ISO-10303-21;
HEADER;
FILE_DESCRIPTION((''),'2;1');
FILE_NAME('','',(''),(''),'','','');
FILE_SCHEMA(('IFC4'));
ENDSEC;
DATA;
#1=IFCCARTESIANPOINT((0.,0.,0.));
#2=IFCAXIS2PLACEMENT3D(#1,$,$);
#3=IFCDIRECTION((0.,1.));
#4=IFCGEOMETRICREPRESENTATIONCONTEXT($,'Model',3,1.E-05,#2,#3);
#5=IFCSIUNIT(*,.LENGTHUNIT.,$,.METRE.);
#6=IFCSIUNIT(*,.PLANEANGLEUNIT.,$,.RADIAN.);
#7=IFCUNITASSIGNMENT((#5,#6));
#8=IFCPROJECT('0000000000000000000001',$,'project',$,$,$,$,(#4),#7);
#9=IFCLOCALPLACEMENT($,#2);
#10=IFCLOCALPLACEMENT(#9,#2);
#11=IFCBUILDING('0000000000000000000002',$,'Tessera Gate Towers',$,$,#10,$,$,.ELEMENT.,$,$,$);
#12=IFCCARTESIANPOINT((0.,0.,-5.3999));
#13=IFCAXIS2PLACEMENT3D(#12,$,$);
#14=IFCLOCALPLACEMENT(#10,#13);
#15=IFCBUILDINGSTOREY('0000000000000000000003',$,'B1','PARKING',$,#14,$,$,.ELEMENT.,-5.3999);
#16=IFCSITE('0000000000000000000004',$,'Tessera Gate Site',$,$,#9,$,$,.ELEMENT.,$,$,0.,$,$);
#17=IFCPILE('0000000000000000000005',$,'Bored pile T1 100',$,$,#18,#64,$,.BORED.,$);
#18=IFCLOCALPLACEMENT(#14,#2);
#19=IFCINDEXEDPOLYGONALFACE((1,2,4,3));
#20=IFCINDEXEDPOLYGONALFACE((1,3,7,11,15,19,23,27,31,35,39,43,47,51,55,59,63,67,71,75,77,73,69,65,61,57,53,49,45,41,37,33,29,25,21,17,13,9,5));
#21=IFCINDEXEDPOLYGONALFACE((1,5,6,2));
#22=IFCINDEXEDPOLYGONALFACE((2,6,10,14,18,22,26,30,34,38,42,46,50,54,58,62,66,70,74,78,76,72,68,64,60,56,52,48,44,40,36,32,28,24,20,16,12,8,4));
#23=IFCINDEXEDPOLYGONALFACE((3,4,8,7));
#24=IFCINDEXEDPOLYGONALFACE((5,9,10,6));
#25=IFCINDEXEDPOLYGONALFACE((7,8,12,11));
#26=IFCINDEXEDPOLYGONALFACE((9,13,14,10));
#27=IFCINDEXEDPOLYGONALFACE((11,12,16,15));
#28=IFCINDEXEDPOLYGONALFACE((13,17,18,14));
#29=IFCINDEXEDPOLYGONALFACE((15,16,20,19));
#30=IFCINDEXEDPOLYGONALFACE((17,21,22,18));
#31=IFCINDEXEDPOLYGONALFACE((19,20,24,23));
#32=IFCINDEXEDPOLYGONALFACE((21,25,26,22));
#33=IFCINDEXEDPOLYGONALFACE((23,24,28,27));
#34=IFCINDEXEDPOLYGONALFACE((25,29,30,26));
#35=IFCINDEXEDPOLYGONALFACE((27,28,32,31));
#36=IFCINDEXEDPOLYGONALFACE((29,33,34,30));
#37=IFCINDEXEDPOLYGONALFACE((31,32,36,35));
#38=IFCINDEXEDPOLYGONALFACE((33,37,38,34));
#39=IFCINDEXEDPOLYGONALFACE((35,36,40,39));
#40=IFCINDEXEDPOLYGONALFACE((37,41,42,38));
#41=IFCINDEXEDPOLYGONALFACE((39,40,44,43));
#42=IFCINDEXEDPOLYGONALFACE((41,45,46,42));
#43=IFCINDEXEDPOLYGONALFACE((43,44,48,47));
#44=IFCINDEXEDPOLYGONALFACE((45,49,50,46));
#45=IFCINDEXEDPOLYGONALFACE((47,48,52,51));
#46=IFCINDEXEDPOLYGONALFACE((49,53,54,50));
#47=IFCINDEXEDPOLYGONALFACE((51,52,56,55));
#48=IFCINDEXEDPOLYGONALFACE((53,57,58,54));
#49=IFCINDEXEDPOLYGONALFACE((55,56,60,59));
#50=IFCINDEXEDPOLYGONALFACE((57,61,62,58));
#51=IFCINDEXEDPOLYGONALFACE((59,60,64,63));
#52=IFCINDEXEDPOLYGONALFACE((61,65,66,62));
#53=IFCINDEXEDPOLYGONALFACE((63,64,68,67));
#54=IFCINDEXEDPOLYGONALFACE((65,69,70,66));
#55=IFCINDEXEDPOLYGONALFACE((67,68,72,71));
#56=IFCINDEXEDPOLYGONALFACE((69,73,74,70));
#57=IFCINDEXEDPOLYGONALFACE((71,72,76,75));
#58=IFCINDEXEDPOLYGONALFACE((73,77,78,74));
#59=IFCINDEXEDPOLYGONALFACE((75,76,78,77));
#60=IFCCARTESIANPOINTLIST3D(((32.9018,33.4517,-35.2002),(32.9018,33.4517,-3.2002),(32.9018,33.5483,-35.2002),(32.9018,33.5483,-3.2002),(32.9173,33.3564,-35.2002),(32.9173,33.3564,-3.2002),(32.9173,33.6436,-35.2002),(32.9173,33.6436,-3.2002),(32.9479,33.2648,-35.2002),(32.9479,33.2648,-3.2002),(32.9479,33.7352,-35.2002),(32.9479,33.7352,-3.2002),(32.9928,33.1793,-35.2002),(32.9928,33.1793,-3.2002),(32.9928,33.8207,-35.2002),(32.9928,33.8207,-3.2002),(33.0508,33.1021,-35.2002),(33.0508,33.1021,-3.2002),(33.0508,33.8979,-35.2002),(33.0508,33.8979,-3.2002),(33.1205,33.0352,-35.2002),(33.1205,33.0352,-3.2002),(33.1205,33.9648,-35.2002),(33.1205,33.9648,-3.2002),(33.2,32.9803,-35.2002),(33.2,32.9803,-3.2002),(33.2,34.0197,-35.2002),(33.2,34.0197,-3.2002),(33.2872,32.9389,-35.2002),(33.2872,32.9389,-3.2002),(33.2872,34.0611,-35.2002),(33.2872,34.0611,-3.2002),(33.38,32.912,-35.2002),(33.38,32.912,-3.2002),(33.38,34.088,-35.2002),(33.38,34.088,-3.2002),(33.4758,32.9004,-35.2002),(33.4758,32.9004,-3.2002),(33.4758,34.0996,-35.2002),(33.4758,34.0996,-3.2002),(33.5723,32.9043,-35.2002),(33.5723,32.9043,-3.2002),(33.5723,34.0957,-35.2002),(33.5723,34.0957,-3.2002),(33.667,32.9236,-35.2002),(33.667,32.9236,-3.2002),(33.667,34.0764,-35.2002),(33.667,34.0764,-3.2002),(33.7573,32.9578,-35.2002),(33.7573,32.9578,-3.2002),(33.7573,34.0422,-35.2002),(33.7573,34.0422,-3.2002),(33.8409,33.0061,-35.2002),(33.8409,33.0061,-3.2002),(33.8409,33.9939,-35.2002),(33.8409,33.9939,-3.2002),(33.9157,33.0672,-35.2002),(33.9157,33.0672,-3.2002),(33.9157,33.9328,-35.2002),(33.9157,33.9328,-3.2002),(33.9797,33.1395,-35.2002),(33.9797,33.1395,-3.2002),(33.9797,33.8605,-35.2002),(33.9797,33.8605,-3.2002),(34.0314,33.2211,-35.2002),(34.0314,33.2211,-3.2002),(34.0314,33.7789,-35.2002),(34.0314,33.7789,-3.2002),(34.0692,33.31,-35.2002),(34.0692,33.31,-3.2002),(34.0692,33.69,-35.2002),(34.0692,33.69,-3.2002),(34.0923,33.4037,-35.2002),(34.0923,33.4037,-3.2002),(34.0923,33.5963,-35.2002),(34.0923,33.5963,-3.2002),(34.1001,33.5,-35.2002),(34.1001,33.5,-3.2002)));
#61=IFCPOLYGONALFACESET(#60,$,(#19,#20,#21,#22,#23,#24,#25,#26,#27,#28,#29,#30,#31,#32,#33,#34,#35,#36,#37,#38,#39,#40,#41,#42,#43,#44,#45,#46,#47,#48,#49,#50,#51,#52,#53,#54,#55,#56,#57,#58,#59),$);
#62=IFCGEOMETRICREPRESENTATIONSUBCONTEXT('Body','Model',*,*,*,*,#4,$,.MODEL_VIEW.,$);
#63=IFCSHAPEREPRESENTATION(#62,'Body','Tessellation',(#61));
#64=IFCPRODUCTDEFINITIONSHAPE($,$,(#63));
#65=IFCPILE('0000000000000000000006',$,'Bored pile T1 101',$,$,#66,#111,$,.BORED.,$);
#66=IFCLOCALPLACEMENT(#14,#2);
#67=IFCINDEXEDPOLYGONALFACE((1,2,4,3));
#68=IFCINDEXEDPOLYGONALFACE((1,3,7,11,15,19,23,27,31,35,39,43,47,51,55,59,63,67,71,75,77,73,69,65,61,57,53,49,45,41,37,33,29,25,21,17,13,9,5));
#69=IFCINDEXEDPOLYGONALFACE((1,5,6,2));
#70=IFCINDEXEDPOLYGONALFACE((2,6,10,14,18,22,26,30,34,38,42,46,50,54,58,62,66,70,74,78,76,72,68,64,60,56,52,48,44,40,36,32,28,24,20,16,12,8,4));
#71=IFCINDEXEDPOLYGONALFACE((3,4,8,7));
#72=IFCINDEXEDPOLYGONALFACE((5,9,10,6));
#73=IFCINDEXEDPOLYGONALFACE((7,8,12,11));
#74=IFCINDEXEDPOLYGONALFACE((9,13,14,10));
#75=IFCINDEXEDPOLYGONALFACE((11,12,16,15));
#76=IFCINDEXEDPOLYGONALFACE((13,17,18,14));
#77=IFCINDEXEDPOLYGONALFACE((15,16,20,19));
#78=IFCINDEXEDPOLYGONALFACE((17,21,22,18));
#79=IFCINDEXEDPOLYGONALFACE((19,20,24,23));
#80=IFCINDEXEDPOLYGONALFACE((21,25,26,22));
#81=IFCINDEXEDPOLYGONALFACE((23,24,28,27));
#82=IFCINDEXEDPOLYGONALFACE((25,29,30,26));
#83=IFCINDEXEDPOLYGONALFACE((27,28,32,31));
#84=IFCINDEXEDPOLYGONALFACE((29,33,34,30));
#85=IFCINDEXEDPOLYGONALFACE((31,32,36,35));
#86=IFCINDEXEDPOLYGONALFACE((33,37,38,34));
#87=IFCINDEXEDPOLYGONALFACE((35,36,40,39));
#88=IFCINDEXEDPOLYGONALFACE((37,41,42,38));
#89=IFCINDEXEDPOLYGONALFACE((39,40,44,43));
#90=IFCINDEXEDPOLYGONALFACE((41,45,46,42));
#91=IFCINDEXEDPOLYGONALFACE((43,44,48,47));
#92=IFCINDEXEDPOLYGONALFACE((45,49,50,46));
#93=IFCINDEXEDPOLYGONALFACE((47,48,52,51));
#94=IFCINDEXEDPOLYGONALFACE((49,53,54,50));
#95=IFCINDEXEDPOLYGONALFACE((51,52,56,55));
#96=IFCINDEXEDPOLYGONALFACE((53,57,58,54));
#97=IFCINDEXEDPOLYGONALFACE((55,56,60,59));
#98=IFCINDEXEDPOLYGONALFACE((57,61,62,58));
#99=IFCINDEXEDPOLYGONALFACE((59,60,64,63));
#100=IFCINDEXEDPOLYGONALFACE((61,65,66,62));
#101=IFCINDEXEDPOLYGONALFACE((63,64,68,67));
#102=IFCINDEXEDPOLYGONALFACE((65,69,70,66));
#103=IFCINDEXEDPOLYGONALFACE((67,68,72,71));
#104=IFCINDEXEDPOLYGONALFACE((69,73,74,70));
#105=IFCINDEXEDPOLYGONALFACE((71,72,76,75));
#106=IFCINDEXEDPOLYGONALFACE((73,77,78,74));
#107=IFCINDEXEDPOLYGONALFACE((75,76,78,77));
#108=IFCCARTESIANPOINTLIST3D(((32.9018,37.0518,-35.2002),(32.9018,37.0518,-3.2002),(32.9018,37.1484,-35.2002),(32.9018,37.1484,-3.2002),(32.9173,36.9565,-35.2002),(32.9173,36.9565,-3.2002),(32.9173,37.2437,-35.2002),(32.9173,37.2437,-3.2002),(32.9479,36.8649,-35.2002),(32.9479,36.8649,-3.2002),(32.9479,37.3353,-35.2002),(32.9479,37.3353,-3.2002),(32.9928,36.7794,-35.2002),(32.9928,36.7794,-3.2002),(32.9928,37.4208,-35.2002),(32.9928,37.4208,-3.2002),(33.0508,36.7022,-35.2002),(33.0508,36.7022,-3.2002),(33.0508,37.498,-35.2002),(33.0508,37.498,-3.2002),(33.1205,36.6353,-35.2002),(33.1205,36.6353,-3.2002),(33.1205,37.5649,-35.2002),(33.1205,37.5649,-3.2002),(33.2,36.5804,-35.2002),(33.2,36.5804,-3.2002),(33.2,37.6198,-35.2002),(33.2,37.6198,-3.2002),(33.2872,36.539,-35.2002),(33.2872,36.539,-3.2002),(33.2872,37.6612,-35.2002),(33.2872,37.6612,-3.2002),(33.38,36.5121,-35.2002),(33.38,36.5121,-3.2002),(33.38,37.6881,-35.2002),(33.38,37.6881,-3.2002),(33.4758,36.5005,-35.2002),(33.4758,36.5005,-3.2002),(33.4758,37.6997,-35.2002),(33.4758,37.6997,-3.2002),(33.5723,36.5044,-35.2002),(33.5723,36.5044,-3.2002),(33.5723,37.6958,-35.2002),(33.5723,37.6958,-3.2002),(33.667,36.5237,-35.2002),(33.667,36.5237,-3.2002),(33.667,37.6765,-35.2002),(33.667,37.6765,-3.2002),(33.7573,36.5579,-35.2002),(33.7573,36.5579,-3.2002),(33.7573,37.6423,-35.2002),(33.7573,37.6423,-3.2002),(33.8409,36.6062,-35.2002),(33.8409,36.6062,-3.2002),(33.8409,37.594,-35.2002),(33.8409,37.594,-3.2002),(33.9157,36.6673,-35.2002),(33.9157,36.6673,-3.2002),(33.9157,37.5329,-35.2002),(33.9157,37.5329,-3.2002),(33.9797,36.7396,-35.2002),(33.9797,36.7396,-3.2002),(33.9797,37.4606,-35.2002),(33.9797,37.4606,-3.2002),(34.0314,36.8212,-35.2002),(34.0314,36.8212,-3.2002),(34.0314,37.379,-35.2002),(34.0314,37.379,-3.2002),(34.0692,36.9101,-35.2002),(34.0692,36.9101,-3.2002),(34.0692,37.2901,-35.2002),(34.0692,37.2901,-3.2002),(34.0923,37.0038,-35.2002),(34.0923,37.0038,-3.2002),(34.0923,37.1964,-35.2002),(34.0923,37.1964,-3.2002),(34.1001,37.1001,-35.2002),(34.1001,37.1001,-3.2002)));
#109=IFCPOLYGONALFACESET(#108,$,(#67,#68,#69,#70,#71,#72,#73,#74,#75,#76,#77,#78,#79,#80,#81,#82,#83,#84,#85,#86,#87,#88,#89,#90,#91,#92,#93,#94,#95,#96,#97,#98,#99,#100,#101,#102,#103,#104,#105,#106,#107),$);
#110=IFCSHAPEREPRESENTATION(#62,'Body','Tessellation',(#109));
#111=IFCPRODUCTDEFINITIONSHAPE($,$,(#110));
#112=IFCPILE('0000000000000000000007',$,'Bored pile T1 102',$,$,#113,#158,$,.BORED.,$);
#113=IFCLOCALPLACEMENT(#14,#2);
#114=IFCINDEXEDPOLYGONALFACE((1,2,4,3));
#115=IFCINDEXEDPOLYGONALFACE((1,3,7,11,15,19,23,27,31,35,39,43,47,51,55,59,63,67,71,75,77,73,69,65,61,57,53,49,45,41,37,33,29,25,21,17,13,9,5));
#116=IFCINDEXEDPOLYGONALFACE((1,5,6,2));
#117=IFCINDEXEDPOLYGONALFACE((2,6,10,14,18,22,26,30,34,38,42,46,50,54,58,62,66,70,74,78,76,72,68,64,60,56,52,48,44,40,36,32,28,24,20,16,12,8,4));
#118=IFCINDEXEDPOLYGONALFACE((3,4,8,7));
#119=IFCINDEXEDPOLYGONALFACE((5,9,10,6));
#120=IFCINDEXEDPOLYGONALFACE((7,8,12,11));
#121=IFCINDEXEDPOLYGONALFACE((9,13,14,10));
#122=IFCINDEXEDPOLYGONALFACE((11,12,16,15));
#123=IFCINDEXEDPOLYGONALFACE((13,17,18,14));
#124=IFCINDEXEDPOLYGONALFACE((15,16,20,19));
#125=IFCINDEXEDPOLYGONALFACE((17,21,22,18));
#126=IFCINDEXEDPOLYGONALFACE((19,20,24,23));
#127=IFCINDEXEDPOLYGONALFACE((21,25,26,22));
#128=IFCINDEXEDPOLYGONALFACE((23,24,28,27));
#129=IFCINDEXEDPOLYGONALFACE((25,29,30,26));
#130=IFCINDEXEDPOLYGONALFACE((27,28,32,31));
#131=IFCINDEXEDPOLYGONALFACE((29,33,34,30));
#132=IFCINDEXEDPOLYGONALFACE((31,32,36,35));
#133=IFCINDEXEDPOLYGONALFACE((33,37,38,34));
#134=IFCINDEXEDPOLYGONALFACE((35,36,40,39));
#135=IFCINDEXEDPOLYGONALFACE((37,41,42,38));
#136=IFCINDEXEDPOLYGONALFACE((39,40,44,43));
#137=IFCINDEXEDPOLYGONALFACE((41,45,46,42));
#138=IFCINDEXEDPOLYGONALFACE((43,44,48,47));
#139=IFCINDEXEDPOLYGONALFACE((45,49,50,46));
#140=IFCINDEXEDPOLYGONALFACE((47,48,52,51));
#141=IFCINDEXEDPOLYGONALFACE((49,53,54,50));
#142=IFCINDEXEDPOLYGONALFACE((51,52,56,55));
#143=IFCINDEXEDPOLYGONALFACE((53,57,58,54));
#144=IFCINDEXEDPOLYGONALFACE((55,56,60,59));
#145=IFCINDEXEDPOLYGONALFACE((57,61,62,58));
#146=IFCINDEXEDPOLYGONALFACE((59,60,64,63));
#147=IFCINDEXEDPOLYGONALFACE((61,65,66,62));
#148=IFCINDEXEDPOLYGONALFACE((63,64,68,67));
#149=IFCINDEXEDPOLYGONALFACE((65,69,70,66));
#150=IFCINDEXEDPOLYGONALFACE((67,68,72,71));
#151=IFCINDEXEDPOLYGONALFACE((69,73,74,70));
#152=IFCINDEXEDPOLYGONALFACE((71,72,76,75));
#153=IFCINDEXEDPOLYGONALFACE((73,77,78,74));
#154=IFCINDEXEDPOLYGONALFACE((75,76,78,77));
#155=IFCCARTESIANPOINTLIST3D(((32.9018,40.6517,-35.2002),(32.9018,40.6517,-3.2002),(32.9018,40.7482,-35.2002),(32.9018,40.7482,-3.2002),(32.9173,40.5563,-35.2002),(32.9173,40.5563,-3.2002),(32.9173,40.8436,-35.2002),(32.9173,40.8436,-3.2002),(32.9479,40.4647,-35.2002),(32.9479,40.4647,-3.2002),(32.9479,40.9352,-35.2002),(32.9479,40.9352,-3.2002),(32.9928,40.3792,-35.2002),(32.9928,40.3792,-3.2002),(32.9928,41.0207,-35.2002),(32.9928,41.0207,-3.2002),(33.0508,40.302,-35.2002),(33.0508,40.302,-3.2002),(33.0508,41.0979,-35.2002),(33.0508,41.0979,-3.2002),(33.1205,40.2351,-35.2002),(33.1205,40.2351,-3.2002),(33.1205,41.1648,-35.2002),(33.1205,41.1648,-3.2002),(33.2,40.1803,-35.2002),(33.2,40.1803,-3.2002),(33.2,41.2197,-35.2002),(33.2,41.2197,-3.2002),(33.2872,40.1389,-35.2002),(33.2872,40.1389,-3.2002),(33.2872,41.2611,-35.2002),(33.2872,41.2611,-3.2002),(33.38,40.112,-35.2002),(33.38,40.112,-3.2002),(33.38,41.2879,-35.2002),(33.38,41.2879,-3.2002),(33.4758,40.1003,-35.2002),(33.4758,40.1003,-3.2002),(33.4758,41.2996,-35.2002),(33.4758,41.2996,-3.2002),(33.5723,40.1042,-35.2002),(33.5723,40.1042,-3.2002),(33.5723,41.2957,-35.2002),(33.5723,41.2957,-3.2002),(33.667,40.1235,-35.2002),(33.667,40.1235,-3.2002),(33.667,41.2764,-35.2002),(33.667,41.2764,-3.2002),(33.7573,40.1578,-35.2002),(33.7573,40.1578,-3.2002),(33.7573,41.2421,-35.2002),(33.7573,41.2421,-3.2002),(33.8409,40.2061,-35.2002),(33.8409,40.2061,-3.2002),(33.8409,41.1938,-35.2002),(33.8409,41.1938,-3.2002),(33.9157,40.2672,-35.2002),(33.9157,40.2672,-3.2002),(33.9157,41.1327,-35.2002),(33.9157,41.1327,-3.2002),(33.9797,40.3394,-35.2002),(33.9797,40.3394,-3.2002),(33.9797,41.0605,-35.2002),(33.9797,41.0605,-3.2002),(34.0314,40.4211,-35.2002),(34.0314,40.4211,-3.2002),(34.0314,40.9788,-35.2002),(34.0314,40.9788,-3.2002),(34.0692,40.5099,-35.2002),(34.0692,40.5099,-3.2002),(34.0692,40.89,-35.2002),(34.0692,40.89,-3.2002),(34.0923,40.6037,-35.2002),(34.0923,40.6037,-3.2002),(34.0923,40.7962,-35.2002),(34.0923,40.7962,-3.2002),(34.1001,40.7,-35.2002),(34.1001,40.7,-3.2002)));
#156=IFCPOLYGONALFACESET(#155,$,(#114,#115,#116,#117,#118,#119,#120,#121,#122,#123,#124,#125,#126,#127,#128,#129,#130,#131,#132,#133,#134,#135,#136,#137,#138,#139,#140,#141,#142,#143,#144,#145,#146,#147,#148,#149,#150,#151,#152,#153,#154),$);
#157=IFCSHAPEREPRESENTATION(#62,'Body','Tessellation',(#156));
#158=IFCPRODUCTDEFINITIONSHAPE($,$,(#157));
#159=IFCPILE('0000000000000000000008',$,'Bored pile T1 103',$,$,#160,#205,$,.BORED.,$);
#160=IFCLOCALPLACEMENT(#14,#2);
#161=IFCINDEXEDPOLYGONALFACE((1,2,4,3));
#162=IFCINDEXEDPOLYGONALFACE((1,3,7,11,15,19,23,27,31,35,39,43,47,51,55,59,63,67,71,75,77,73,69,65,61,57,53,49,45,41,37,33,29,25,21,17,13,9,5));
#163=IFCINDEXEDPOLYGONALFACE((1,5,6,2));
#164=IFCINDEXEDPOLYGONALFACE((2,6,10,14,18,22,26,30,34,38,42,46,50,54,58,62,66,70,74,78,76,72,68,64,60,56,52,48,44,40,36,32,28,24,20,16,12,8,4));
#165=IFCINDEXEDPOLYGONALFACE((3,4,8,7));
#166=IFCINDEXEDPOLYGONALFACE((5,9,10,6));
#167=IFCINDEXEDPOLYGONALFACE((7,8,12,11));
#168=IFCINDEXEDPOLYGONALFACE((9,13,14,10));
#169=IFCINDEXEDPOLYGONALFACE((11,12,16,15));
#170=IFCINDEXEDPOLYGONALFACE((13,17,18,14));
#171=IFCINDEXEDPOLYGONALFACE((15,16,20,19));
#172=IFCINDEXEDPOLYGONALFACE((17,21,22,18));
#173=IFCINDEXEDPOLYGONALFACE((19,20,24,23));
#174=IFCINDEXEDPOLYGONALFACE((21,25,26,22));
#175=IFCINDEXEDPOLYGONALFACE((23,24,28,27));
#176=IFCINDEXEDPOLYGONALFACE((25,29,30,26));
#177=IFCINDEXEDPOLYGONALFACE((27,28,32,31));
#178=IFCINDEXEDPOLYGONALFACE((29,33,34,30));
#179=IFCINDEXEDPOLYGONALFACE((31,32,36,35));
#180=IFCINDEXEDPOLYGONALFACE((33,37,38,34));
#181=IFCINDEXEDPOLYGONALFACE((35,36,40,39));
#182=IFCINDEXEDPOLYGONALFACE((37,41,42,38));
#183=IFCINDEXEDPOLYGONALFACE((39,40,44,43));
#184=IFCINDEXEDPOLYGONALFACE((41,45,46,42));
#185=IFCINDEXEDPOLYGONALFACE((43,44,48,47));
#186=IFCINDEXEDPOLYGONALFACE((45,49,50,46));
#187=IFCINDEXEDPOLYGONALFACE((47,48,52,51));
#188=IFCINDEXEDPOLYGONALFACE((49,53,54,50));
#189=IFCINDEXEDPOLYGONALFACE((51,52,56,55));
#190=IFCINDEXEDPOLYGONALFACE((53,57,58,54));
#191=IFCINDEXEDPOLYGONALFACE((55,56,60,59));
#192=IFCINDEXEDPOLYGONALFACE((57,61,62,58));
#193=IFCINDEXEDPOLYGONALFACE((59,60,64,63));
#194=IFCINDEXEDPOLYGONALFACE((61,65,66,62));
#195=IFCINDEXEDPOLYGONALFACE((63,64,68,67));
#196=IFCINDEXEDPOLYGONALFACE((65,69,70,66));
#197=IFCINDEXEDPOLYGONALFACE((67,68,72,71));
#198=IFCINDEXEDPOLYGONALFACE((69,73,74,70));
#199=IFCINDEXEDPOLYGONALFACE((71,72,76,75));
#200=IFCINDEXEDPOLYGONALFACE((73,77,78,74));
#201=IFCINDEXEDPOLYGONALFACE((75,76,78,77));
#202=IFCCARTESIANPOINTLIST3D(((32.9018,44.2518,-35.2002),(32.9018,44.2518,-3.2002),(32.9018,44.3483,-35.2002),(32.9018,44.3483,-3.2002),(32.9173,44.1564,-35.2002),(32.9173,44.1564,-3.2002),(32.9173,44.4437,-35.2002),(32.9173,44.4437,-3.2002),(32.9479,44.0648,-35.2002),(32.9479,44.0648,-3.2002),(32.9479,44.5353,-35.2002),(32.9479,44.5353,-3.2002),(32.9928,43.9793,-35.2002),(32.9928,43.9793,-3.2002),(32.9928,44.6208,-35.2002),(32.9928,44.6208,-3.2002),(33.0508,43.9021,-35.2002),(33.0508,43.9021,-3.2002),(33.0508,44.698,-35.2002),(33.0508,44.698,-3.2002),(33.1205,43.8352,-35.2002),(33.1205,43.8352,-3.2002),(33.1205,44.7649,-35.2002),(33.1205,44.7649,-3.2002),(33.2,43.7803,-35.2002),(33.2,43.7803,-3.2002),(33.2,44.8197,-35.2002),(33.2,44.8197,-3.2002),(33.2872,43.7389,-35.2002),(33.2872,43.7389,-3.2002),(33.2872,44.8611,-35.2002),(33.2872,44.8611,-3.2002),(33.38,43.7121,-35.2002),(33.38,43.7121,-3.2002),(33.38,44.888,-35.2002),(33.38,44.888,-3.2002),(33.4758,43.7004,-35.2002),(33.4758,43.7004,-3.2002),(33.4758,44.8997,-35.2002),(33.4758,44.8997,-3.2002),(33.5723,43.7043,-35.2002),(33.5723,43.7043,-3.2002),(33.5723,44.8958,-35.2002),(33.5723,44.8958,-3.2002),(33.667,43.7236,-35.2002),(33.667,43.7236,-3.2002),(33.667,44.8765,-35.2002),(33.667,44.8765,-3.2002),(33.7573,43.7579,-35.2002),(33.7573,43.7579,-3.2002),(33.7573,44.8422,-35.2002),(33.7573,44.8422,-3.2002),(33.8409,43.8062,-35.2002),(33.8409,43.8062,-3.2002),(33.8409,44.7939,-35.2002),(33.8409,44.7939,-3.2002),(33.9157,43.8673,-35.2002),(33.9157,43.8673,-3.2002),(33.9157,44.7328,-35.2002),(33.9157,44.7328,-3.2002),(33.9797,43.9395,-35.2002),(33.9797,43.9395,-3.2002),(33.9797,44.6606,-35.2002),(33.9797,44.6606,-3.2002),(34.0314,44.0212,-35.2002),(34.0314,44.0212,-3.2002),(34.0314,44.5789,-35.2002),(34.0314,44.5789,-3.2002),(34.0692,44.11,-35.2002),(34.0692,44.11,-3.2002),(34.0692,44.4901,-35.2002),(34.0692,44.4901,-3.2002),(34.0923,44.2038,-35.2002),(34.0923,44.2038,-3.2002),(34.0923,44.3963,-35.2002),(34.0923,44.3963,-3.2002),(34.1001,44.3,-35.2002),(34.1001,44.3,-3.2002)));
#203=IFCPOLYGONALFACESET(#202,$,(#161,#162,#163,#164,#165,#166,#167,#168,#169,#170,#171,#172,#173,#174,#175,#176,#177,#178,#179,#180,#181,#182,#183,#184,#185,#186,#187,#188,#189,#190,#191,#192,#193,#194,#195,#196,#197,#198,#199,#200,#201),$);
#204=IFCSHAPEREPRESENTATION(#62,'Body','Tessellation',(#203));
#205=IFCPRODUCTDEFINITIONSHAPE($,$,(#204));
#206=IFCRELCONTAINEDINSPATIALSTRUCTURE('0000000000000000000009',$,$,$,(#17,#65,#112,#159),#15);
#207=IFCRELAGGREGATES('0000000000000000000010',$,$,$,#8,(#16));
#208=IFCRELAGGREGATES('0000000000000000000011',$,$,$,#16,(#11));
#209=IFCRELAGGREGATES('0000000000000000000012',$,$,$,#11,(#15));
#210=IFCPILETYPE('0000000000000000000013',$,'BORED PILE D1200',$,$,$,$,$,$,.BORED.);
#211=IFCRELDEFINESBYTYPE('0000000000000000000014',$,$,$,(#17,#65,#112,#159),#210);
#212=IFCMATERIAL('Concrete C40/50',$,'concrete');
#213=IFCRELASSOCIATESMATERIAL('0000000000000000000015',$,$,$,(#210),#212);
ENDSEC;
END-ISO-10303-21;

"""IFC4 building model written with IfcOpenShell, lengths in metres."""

from ifc_helpers import new_model, si_unit, direction, frame, origin, origin_2d, place, context, subcontext, project, spatial, circle, extrude, material, material_profile, profile_set, type_object, element, save


model = new_model("IFC4")

# Units and contexts
model_context = context("Model", 3, precision=1e-05, world=origin(), true_north=direction((0.0, 1.0)))
body_context = subcontext(model_context, "Body", "Model", "MODEL_VIEW")
ifc_project = project(units=[si_unit("LENGTHUNIT", "METRE"), si_unit("PLANEANGLEUNIT", "RADIAN")], contexts=[model_context])

# Site, building, storey
site_placement = place(None, origin())
site = spatial("IfcSite", under=ifc_project, at=site_placement, Name="Tessera Gate Site", CompositionType="ELEMENT", RefElevation=0.0)
building_placement = place(site_placement, origin())
building = spatial("IfcBuilding", under=site, at=building_placement, Name="Tessera Gate Towers", CompositionType="ELEMENT")
storey_placement = place(building_placement, frame((0.0, 0.0, -5.3999)))
storey = spatial("IfcBuildingStorey", under=building, at=storey_placement, Name="B1", Description="PARKING", CompositionType="ELEMENT", Elevation=-5.3999)

# Piles
ifc_material_1 = material(Name="Concrete C40/50", Category="concrete")
ifc_material_profile = material_profile(ifc_material_1, circle(Radius=0.6001, at=origin_2d()), Name="BORED PILE D1200")
ifc_profile_set = profile_set([ifc_material_profile], Name="Concrete C40/50")
pile_type = type_object("IfcPileType", Name="BORED PILE D1200", PredefinedType="BORED", material=ifc_profile_set)
for number, where, z_axis, x_axis, name in (
    (1, (33.5, 33.5, -3.2002), (0.0, 0.0, -1.0), (1.0, 0.0, 0.0), "Bored pile T1 100"),
    (2, (33.5, 37.1001, -3.2002), (0.0, 0.0, -1.0), (1.0, 0.0, 0.0), "Bored pile T1 101"),
    (3, (33.5, 40.7, -3.2002), (0.0, 0.0, -1.0), (1.0, 0.0, 0.0), "Bored pile T1 102"),
    (4, (33.5, 44.3, -3.2002), (0.0, 0.0, -1.0), (1.0, 0.0, 0.0), "Bored pile T1 103"),
):
    element("IfcPile", number, at=place(storey_placement, frame(where, z_axis=z_axis, x_axis=x_axis)), inside=storey, type_object=pile_type, Name=name, PredefinedType="BORED", context=body_context, shape_type="SweptSolid", body=[
        extrude(circle(Radius=0.6001, at=origin_2d()), origin(), (0.0, 0.0, 1.0), 32.0),
    ])

save(model, "model.ifc")
